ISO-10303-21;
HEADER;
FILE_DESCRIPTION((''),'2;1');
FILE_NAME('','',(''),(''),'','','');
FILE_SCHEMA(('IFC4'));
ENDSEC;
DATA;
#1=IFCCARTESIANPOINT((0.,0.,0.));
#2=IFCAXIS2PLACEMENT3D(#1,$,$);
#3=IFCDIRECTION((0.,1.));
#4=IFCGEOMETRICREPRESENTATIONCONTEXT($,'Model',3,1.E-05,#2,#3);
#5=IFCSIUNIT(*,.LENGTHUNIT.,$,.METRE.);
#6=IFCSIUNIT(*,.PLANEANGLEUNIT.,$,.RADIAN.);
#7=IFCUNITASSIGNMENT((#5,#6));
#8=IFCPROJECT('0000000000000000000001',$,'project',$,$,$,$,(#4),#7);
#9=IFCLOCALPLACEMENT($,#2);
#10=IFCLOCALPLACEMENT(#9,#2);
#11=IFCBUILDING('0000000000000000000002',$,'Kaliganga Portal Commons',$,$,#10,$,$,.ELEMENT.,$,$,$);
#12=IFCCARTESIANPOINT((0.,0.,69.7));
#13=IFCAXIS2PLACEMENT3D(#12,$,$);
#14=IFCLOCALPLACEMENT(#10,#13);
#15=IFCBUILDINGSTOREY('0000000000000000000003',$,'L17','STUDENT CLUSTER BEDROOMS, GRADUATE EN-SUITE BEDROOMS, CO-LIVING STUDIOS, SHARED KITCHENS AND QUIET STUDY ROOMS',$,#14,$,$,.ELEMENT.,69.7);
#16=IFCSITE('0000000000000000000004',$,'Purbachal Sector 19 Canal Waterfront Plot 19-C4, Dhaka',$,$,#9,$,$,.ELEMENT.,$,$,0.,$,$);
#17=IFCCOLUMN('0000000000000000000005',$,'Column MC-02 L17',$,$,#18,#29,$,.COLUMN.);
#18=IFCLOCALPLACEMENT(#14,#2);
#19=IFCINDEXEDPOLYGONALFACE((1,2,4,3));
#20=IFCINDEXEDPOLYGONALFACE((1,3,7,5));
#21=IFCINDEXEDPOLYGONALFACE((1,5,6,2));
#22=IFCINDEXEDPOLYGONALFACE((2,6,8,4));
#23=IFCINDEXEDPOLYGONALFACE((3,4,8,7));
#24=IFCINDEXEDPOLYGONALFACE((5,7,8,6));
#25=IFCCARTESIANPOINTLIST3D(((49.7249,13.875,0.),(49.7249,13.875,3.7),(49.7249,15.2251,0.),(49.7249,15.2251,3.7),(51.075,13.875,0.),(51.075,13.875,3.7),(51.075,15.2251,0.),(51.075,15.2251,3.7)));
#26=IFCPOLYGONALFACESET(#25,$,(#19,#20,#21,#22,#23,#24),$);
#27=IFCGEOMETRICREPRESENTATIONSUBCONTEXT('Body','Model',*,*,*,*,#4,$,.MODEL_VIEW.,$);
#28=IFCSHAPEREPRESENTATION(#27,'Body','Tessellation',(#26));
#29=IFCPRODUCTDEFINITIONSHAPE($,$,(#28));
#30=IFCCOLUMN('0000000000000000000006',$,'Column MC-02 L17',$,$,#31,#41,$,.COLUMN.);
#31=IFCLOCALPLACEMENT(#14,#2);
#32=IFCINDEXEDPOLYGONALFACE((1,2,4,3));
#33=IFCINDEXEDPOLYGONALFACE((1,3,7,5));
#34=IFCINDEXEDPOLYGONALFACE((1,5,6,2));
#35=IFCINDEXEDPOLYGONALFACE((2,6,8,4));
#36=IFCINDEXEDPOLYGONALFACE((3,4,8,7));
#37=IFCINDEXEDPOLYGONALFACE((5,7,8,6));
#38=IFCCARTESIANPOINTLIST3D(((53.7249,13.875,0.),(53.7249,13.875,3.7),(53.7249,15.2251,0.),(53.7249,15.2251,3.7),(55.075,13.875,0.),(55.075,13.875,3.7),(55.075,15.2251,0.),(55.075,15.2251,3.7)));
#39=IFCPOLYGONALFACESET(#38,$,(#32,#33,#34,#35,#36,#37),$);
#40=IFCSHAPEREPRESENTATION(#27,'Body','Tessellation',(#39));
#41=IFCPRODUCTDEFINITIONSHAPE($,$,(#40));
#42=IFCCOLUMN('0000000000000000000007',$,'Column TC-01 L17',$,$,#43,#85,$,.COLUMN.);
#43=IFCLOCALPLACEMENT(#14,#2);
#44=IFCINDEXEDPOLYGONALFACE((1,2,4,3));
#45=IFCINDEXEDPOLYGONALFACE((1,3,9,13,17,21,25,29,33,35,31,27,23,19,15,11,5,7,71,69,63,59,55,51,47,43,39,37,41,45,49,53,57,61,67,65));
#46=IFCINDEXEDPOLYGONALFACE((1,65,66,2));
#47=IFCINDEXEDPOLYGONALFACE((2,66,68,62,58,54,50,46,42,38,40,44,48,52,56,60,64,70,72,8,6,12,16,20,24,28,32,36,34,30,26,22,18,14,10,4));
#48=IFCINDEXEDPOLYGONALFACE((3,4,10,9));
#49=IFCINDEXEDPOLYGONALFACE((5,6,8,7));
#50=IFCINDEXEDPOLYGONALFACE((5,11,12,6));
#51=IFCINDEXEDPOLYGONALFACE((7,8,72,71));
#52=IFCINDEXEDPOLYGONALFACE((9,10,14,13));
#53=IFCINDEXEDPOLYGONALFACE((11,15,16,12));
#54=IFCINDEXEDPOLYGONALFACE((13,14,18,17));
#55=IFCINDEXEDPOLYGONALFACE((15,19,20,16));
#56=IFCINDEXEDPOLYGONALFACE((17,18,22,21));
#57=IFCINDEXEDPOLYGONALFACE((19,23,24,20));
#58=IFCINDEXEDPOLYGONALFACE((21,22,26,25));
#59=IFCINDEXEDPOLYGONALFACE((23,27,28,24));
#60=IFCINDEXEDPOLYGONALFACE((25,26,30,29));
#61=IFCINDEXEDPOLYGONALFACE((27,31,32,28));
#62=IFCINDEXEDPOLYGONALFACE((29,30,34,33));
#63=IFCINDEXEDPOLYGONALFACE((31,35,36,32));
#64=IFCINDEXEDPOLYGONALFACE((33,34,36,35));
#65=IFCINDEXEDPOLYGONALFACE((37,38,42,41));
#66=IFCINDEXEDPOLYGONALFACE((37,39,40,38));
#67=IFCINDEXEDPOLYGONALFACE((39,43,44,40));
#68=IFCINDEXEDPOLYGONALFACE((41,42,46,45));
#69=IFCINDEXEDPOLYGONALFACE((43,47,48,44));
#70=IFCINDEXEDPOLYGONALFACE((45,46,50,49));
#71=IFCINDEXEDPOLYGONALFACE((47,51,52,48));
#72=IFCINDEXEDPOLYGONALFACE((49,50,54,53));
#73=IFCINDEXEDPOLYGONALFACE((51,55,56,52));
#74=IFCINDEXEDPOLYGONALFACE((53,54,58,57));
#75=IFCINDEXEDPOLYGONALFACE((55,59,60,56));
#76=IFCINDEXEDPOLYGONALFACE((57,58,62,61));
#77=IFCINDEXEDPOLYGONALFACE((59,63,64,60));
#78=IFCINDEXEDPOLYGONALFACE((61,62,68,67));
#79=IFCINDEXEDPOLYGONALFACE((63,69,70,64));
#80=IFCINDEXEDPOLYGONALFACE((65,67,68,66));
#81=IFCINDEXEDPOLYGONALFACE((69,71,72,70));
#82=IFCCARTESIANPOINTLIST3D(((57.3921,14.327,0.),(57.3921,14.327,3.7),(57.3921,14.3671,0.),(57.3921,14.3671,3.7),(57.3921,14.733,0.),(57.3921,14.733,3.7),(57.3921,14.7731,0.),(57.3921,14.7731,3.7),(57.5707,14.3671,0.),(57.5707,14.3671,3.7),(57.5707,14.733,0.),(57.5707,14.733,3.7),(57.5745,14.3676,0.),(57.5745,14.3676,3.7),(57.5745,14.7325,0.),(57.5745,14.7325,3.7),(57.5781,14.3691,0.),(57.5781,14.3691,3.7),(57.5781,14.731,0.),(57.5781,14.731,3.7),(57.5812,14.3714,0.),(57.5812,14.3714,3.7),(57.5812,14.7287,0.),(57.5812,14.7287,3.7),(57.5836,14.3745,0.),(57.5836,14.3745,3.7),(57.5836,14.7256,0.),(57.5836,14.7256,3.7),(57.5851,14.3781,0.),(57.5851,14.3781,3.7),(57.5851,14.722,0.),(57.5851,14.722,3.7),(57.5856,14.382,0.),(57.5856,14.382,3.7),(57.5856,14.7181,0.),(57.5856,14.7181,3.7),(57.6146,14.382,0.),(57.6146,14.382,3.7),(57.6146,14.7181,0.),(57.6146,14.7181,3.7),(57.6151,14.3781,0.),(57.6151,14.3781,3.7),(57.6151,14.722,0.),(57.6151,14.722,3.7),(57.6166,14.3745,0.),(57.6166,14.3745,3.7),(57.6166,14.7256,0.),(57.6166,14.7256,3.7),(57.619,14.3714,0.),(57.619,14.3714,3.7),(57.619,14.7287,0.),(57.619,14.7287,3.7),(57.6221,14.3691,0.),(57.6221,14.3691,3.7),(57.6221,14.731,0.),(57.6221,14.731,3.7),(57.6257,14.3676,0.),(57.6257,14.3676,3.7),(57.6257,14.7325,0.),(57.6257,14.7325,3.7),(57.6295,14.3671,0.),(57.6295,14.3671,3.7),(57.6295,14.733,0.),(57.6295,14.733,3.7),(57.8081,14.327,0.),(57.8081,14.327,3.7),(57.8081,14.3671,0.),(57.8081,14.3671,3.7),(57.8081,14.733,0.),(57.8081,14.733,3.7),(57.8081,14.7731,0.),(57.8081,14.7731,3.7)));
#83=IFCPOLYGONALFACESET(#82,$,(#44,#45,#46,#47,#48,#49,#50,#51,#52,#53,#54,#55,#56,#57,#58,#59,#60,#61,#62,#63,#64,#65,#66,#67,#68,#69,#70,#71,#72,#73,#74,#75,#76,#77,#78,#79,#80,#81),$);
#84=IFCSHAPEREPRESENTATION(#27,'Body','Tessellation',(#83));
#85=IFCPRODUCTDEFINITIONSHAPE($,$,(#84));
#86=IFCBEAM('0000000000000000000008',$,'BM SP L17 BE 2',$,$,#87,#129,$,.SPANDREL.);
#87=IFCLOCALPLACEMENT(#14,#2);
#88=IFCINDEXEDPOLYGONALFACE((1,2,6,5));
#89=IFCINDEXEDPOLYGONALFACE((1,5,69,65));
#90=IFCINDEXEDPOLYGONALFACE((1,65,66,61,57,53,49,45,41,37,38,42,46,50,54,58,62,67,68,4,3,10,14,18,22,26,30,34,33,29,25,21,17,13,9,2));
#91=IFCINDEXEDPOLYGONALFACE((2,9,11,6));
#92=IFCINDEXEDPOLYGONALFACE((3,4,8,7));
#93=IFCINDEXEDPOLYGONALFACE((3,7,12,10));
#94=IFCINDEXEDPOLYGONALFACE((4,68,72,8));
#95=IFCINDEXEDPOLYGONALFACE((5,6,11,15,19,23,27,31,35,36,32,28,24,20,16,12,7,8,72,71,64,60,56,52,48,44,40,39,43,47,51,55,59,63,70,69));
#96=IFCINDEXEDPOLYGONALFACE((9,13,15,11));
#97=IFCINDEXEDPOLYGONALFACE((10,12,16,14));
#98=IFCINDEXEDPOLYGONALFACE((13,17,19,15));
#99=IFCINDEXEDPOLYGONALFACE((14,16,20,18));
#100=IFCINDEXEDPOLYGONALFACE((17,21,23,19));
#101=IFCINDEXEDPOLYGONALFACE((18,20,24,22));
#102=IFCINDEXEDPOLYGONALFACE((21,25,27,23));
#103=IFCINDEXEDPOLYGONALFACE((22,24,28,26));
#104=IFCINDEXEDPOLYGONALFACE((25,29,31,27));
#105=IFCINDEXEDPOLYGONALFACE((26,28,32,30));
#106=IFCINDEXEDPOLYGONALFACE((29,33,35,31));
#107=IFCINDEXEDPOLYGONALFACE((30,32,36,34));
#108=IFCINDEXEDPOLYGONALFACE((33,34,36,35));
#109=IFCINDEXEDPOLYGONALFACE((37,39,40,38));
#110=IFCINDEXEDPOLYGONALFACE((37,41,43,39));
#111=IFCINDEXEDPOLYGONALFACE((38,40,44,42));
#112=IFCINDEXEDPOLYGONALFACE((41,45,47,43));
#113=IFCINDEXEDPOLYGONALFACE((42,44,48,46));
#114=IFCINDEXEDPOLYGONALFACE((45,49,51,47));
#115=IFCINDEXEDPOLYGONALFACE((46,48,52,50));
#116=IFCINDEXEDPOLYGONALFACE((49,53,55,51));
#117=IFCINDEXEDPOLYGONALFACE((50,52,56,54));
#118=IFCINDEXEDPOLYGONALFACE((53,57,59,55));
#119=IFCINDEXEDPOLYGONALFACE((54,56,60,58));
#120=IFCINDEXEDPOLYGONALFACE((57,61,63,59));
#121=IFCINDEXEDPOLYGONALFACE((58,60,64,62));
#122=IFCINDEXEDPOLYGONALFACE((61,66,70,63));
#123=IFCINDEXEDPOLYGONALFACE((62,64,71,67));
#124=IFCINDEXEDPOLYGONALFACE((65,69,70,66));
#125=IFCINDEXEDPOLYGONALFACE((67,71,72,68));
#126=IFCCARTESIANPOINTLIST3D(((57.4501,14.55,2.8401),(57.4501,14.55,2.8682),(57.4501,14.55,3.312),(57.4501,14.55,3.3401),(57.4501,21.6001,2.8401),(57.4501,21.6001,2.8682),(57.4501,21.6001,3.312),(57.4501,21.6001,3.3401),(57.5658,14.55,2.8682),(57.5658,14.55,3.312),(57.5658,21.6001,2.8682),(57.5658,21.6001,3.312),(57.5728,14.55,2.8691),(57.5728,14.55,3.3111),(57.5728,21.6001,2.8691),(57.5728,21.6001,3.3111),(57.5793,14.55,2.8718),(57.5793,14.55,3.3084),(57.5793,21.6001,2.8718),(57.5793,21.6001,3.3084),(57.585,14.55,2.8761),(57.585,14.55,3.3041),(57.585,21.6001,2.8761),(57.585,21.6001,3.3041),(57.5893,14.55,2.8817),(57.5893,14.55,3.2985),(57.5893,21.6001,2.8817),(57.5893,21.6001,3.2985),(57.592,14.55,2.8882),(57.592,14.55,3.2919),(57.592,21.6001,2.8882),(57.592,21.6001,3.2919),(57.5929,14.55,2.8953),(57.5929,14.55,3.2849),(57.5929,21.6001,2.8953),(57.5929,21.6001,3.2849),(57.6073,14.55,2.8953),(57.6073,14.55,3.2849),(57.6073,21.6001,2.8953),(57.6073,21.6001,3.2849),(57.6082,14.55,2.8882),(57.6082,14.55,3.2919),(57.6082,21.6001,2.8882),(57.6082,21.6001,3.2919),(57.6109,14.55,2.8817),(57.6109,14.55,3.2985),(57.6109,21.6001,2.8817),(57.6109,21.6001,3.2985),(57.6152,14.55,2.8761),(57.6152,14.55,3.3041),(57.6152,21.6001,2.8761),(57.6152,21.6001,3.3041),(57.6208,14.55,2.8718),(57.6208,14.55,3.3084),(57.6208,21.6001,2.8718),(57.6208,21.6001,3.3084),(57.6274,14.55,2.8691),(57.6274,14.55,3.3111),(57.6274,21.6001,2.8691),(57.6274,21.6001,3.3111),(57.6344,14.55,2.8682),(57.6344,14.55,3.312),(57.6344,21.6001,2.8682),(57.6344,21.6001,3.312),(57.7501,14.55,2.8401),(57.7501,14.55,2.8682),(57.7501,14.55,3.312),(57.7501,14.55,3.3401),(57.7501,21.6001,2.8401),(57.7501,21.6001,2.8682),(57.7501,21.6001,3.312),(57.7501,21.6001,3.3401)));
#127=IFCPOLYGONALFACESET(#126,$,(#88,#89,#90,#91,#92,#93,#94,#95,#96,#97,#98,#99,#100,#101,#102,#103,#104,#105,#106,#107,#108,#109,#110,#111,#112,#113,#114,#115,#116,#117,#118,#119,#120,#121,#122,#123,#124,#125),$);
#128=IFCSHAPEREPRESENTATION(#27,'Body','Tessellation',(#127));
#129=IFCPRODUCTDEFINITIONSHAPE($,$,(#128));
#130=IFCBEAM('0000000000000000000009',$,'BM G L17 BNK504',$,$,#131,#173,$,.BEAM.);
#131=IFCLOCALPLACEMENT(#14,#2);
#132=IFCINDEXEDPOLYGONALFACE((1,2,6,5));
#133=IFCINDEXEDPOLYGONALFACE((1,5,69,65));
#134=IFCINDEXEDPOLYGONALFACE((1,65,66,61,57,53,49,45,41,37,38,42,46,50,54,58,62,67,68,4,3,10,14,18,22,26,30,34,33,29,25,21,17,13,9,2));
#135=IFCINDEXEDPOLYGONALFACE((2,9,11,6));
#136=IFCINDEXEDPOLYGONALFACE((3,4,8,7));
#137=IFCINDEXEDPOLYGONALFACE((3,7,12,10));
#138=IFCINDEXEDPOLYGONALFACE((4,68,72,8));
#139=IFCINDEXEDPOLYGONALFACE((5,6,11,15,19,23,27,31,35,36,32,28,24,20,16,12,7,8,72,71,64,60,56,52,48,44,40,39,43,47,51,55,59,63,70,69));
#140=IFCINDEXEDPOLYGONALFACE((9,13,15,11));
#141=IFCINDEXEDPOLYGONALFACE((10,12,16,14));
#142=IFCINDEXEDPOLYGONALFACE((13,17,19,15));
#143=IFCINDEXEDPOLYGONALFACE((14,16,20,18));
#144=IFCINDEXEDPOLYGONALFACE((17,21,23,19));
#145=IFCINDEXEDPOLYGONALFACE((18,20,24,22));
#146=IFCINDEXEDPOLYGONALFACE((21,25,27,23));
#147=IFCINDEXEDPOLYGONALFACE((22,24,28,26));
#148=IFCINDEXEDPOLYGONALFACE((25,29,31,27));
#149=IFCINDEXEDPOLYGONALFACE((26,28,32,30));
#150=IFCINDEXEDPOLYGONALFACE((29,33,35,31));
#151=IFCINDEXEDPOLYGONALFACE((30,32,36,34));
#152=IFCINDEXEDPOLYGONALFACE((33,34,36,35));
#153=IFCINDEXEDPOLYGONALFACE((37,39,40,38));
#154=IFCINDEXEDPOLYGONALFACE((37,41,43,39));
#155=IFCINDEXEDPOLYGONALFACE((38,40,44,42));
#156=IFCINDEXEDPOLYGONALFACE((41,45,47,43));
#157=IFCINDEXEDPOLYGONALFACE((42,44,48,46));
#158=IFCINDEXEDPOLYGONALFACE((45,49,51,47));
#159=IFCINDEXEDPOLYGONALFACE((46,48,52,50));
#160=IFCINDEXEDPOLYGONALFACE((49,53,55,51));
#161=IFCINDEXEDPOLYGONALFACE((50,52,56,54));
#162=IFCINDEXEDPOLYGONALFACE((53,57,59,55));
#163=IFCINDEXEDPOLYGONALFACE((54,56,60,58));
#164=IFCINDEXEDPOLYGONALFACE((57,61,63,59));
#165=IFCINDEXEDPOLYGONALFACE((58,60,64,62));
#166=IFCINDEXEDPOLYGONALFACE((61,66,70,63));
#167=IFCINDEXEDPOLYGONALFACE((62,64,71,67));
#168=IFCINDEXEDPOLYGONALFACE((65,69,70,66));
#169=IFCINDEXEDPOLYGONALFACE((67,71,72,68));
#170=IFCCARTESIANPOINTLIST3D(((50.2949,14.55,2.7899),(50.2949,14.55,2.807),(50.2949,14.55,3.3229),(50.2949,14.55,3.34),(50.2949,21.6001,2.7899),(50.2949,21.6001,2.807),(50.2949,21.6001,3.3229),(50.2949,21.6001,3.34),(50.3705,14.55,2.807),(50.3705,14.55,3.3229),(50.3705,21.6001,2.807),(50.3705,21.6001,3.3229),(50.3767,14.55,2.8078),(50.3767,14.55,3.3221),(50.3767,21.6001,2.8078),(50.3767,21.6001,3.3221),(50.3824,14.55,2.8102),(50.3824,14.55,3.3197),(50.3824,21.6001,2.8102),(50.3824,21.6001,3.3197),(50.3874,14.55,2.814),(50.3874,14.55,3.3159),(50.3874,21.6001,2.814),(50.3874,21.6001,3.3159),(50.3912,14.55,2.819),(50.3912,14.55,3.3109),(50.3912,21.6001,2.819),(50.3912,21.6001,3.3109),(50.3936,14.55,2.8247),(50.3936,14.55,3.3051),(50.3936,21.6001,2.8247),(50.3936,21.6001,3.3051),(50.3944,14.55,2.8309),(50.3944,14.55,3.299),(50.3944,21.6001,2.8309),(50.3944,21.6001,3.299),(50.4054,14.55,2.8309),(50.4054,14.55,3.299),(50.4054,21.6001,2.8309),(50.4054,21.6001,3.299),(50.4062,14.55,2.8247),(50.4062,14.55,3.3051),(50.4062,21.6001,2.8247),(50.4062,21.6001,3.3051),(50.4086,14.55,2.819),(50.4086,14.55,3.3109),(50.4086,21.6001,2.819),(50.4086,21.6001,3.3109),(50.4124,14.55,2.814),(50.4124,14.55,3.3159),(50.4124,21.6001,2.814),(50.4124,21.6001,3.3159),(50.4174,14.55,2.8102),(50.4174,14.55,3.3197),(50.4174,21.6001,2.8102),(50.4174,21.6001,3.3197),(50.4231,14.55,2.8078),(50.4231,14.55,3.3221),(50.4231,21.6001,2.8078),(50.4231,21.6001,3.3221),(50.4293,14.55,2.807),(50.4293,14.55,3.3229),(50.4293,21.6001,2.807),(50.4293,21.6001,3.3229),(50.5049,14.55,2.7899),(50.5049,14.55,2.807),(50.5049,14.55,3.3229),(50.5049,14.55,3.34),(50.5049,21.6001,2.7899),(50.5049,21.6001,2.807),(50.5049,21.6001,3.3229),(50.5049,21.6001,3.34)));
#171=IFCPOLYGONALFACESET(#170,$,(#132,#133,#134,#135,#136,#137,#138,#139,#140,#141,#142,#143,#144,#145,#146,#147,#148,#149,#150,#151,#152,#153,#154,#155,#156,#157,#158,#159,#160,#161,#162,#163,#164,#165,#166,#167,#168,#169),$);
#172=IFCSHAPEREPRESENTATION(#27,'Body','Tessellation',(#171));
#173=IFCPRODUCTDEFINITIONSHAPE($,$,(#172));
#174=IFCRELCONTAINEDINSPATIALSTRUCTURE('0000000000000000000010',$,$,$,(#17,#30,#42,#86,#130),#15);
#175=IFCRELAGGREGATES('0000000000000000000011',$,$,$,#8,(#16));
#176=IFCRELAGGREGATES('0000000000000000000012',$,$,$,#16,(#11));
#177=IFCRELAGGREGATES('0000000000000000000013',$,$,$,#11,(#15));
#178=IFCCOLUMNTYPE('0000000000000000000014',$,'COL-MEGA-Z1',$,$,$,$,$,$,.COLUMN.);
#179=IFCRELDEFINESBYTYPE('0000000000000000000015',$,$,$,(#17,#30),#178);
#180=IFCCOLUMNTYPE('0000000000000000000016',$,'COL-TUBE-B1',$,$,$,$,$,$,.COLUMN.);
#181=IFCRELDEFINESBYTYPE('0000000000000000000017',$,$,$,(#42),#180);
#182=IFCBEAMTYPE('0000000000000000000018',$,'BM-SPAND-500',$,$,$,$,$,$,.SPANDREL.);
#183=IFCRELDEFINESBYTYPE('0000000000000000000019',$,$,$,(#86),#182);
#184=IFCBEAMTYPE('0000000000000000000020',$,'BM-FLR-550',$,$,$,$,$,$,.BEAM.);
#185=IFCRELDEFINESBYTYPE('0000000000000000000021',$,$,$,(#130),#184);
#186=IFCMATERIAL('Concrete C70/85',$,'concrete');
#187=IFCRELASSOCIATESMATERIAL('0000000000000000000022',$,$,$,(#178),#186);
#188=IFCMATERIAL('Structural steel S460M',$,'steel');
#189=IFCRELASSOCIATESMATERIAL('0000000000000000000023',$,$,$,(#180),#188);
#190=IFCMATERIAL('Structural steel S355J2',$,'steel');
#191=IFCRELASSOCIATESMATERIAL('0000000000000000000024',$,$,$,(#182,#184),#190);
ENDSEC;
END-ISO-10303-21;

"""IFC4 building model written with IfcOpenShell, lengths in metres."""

from ifc_helpers import new_model, si_unit, direction, frame, origin, origin_2d, place, context, subcontext, project, spatial, rectangle, i_section, extrude, source, transform, mapped, material, material_profile, profile_set, type_object, element, save


model = new_model("IFC4")

# Units and contexts
model_context = context("Model", 3, precision=1e-05, world=origin(), true_north=direction((0.0, 1.0)))
body_context = subcontext(model_context, "Body", "Model", "MODEL_VIEW")
ifc_project = project(units=[si_unit("LENGTHUNIT", "METRE"), si_unit("PLANEANGLEUNIT", "RADIAN")], contexts=[model_context])

# Site, building, storey
site_placement = place(None, origin())
site = spatial("IfcSite", under=ifc_project, at=site_placement, Name="Purbachal Sector 19 Canal Waterfront Plot 19-C4, Dhaka", CompositionType="ELEMENT", RefElevation=0.0)
building_placement = place(site_placement, origin())
building = spatial("IfcBuilding", under=site, at=building_placement, Name="Kaliganga Portal Commons", CompositionType="ELEMENT")
storey_placement = place(building_placement, frame((0.0, 0.0, 69.7)))
storey = spatial("IfcBuildingStorey", under=building, at=storey_placement, Name="L17", Description="STUDENT CLUSTER BEDROOMS, GRADUATE EN-SUITE BEDROOMS, CO-LIVING STUDIOS, SHARED KITCHENS AND QUIET STUDY ROOMS", CompositionType="ELEMENT", Elevation=69.7)

# Columns
ifc_material_1 = material(Name="Concrete C70/85", Category="concrete")
ifc_material_profile_1 = material_profile(ifc_material_1, rectangle(XDim=1.3501, YDim=1.3501, at=origin_2d()), Name="RC 1350x1350")
ifc_profile_set_1 = profile_set([ifc_material_profile_1], Name="Concrete C70/85")
column_type_1 = type_object("IfcColumnType", Name="COL-MEGA-Z1", PredefinedType="COLUMN", material=ifc_profile_set_1)
shared_shape_1 = source(origin(), body_context, "Body", "SweptSolid", [
    extrude(rectangle(XDim=1.3501, YDim=1.3501, at=origin_2d()), origin(), (0.0, 0.0, 1.0), 3.7),
])
for number, where, z_axis, x_axis, name in (
    (1, (50.3999, 14.55, 0.0), (0.0, 0.0, 1.0), (1.0, 0.0, 0.0), "Column MC-02 L17"),
    (2, (54.3999, 14.55, 0.0), (0.0, 0.0, 1.0), (1.0, 0.0, 0.0), "Column MC-02 L17"),
):
    element("IfcColumn", number, at=place(storey_placement, frame(where, z_axis=z_axis, x_axis=x_axis)), inside=storey, type_object=column_type_1, Name=name, PredefinedType="COLUMN", context=body_context, shape_type="MappedRepresentation", body=[
        mapped(shared_shape_1, transform((0.0, 0.0, 0.0), x_axis=(1.0, 0.0, 0.0), y_axis=(0.0, 1.0, 0.0), z_axis=(0.0, 0.0, 1.0), scale=1.0)),
    ])
ifc_material_2 = material(Name="Structural steel S460M", Category="steel")
ifc_material_profile_2 = material_profile(ifc_material_2, i_section(OverallWidth=0.416, OverallDepth=0.446, WebThickness=0.0291, FlangeThickness=0.04, FilletRadius=0.0149, at=origin_2d()), Name="HD 400x509")
ifc_profile_set_2 = profile_set([ifc_material_profile_2], Name="Structural steel S460M wide-flange")
column_type_2 = type_object("IfcColumnType", Name="COL-TUBE-B1", PredefinedType="COLUMN", material=ifc_profile_set_2)
shared_shape_2 = source(origin(), body_context, "Body", "SweptSolid", [
    extrude(i_section(OverallWidth=0.416, OverallDepth=0.446, WebThickness=0.0291, FlangeThickness=0.04, FilletRadius=0.0149, at=origin_2d()), origin(), (0.0, 0.0, 1.0), 3.7),
])
column_placement = place(storey_placement, frame((57.6001, 14.55, 0.0), z_axis=(0.0, 0.0, 1.0), x_axis=(1.0, 0.0, 0.0)))
element("IfcColumn", 3, at=column_placement, inside=storey, type_object=column_type_2, Name="Column TC-01 L17", PredefinedType="COLUMN", context=body_context, shape_type="MappedRepresentation", body=[
    mapped(shared_shape_2, transform((0.0, 0.0, 0.0), x_axis=(1.0, 0.0, 0.0), y_axis=(0.0, 1.0, 0.0), z_axis=(0.0, 0.0, 1.0), scale=1.0)),
])

# Beams
ifc_material_3 = material(Name="Structural steel S355J2", Category="steel")
ifc_material_profile_3 = material_profile(ifc_material_3, i_section(OverallWidth=0.3, OverallDepth=0.5, WebThickness=0.0144, FlangeThickness=0.0281, FilletRadius=0.0271, at=origin_2d()), Name="HE 500 B")
ifc_profile_set_3 = profile_set([ifc_material_profile_3], Name="Structural steel S355J2 wide-flange")
beam_type_1 = type_object("IfcBeamType", Name="BM-SPAND-500", PredefinedType="SPANDREL", material=ifc_profile_set_3)
shared_shape_3 = source(origin(), body_context, "Body", "SweptSolid", [
    extrude(i_section(OverallWidth=0.3, OverallDepth=0.5, WebThickness=0.0144, FlangeThickness=0.0281, FilletRadius=0.0271, at=origin_2d()), origin(), (0.0, 0.0, 1.0), 7.05),
])
beam_1_placement = place(storey_placement, frame((57.6001, 14.55, 3.0901), z_axis=(0.0, 1.0, 0.0), x_axis=(-1.0, 0.0, 0.0)))
element("IfcBeam", 4, at=beam_1_placement, inside=storey, type_object=beam_type_1, Name="BM SP L17 BE 2", PredefinedType="SPANDREL", context=body_context, shape_type="MappedRepresentation", body=[
    mapped(shared_shape_3, transform((0.0, 0.0, 0.0), x_axis=(1.0, 0.0, 0.0), y_axis=(0.0, 1.0, 0.0), z_axis=(0.0, 0.0, 1.0), scale=1.0)),
])
ifc_material_profile_4 = material_profile(ifc_material_3, i_section(OverallWidth=0.21, OverallDepth=0.55, WebThickness=0.011, FlangeThickness=0.0171, FilletRadius=0.0239, at=origin_2d()), Name="IPE 550")
ifc_profile_set_4 = profile_set([ifc_material_profile_4], Name="Structural steel S355J2 wide-flange")
beam_type_2 = type_object("IfcBeamType", Name="BM-FLR-550", PredefinedType="BEAM", material=ifc_profile_set_4)
shared_shape_4 = source(origin(), body_context, "Body", "SweptSolid", [
    extrude(i_section(OverallWidth=0.21, OverallDepth=0.55, WebThickness=0.011, FlangeThickness=0.0171, FilletRadius=0.0239, at=origin_2d()), origin(), (0.0, 0.0, 1.0), 7.05),
])
for number, where, z_axis, x_axis, name in (
    (5, (50.3999, 14.55, 3.0649), (0.0, 1.0, 0.0), (-1.0, 0.0, 0.0), "BM G L17 BNK504"),
):
    element("IfcBeam", number, at=place(storey_placement, frame(where, z_axis=z_axis, x_axis=x_axis)), inside=storey, type_object=beam_type_2, Name=name, PredefinedType="BEAM", context=body_context, shape_type="MappedRepresentation", body=[
        mapped(shared_shape_4, transform((0.0, 0.0, 0.0), x_axis=(1.0, 0.0, 0.0), y_axis=(0.0, 1.0, 0.0), z_axis=(0.0, 0.0, 1.0), scale=1.0)),
    ])

save(model, "model.ifc")
